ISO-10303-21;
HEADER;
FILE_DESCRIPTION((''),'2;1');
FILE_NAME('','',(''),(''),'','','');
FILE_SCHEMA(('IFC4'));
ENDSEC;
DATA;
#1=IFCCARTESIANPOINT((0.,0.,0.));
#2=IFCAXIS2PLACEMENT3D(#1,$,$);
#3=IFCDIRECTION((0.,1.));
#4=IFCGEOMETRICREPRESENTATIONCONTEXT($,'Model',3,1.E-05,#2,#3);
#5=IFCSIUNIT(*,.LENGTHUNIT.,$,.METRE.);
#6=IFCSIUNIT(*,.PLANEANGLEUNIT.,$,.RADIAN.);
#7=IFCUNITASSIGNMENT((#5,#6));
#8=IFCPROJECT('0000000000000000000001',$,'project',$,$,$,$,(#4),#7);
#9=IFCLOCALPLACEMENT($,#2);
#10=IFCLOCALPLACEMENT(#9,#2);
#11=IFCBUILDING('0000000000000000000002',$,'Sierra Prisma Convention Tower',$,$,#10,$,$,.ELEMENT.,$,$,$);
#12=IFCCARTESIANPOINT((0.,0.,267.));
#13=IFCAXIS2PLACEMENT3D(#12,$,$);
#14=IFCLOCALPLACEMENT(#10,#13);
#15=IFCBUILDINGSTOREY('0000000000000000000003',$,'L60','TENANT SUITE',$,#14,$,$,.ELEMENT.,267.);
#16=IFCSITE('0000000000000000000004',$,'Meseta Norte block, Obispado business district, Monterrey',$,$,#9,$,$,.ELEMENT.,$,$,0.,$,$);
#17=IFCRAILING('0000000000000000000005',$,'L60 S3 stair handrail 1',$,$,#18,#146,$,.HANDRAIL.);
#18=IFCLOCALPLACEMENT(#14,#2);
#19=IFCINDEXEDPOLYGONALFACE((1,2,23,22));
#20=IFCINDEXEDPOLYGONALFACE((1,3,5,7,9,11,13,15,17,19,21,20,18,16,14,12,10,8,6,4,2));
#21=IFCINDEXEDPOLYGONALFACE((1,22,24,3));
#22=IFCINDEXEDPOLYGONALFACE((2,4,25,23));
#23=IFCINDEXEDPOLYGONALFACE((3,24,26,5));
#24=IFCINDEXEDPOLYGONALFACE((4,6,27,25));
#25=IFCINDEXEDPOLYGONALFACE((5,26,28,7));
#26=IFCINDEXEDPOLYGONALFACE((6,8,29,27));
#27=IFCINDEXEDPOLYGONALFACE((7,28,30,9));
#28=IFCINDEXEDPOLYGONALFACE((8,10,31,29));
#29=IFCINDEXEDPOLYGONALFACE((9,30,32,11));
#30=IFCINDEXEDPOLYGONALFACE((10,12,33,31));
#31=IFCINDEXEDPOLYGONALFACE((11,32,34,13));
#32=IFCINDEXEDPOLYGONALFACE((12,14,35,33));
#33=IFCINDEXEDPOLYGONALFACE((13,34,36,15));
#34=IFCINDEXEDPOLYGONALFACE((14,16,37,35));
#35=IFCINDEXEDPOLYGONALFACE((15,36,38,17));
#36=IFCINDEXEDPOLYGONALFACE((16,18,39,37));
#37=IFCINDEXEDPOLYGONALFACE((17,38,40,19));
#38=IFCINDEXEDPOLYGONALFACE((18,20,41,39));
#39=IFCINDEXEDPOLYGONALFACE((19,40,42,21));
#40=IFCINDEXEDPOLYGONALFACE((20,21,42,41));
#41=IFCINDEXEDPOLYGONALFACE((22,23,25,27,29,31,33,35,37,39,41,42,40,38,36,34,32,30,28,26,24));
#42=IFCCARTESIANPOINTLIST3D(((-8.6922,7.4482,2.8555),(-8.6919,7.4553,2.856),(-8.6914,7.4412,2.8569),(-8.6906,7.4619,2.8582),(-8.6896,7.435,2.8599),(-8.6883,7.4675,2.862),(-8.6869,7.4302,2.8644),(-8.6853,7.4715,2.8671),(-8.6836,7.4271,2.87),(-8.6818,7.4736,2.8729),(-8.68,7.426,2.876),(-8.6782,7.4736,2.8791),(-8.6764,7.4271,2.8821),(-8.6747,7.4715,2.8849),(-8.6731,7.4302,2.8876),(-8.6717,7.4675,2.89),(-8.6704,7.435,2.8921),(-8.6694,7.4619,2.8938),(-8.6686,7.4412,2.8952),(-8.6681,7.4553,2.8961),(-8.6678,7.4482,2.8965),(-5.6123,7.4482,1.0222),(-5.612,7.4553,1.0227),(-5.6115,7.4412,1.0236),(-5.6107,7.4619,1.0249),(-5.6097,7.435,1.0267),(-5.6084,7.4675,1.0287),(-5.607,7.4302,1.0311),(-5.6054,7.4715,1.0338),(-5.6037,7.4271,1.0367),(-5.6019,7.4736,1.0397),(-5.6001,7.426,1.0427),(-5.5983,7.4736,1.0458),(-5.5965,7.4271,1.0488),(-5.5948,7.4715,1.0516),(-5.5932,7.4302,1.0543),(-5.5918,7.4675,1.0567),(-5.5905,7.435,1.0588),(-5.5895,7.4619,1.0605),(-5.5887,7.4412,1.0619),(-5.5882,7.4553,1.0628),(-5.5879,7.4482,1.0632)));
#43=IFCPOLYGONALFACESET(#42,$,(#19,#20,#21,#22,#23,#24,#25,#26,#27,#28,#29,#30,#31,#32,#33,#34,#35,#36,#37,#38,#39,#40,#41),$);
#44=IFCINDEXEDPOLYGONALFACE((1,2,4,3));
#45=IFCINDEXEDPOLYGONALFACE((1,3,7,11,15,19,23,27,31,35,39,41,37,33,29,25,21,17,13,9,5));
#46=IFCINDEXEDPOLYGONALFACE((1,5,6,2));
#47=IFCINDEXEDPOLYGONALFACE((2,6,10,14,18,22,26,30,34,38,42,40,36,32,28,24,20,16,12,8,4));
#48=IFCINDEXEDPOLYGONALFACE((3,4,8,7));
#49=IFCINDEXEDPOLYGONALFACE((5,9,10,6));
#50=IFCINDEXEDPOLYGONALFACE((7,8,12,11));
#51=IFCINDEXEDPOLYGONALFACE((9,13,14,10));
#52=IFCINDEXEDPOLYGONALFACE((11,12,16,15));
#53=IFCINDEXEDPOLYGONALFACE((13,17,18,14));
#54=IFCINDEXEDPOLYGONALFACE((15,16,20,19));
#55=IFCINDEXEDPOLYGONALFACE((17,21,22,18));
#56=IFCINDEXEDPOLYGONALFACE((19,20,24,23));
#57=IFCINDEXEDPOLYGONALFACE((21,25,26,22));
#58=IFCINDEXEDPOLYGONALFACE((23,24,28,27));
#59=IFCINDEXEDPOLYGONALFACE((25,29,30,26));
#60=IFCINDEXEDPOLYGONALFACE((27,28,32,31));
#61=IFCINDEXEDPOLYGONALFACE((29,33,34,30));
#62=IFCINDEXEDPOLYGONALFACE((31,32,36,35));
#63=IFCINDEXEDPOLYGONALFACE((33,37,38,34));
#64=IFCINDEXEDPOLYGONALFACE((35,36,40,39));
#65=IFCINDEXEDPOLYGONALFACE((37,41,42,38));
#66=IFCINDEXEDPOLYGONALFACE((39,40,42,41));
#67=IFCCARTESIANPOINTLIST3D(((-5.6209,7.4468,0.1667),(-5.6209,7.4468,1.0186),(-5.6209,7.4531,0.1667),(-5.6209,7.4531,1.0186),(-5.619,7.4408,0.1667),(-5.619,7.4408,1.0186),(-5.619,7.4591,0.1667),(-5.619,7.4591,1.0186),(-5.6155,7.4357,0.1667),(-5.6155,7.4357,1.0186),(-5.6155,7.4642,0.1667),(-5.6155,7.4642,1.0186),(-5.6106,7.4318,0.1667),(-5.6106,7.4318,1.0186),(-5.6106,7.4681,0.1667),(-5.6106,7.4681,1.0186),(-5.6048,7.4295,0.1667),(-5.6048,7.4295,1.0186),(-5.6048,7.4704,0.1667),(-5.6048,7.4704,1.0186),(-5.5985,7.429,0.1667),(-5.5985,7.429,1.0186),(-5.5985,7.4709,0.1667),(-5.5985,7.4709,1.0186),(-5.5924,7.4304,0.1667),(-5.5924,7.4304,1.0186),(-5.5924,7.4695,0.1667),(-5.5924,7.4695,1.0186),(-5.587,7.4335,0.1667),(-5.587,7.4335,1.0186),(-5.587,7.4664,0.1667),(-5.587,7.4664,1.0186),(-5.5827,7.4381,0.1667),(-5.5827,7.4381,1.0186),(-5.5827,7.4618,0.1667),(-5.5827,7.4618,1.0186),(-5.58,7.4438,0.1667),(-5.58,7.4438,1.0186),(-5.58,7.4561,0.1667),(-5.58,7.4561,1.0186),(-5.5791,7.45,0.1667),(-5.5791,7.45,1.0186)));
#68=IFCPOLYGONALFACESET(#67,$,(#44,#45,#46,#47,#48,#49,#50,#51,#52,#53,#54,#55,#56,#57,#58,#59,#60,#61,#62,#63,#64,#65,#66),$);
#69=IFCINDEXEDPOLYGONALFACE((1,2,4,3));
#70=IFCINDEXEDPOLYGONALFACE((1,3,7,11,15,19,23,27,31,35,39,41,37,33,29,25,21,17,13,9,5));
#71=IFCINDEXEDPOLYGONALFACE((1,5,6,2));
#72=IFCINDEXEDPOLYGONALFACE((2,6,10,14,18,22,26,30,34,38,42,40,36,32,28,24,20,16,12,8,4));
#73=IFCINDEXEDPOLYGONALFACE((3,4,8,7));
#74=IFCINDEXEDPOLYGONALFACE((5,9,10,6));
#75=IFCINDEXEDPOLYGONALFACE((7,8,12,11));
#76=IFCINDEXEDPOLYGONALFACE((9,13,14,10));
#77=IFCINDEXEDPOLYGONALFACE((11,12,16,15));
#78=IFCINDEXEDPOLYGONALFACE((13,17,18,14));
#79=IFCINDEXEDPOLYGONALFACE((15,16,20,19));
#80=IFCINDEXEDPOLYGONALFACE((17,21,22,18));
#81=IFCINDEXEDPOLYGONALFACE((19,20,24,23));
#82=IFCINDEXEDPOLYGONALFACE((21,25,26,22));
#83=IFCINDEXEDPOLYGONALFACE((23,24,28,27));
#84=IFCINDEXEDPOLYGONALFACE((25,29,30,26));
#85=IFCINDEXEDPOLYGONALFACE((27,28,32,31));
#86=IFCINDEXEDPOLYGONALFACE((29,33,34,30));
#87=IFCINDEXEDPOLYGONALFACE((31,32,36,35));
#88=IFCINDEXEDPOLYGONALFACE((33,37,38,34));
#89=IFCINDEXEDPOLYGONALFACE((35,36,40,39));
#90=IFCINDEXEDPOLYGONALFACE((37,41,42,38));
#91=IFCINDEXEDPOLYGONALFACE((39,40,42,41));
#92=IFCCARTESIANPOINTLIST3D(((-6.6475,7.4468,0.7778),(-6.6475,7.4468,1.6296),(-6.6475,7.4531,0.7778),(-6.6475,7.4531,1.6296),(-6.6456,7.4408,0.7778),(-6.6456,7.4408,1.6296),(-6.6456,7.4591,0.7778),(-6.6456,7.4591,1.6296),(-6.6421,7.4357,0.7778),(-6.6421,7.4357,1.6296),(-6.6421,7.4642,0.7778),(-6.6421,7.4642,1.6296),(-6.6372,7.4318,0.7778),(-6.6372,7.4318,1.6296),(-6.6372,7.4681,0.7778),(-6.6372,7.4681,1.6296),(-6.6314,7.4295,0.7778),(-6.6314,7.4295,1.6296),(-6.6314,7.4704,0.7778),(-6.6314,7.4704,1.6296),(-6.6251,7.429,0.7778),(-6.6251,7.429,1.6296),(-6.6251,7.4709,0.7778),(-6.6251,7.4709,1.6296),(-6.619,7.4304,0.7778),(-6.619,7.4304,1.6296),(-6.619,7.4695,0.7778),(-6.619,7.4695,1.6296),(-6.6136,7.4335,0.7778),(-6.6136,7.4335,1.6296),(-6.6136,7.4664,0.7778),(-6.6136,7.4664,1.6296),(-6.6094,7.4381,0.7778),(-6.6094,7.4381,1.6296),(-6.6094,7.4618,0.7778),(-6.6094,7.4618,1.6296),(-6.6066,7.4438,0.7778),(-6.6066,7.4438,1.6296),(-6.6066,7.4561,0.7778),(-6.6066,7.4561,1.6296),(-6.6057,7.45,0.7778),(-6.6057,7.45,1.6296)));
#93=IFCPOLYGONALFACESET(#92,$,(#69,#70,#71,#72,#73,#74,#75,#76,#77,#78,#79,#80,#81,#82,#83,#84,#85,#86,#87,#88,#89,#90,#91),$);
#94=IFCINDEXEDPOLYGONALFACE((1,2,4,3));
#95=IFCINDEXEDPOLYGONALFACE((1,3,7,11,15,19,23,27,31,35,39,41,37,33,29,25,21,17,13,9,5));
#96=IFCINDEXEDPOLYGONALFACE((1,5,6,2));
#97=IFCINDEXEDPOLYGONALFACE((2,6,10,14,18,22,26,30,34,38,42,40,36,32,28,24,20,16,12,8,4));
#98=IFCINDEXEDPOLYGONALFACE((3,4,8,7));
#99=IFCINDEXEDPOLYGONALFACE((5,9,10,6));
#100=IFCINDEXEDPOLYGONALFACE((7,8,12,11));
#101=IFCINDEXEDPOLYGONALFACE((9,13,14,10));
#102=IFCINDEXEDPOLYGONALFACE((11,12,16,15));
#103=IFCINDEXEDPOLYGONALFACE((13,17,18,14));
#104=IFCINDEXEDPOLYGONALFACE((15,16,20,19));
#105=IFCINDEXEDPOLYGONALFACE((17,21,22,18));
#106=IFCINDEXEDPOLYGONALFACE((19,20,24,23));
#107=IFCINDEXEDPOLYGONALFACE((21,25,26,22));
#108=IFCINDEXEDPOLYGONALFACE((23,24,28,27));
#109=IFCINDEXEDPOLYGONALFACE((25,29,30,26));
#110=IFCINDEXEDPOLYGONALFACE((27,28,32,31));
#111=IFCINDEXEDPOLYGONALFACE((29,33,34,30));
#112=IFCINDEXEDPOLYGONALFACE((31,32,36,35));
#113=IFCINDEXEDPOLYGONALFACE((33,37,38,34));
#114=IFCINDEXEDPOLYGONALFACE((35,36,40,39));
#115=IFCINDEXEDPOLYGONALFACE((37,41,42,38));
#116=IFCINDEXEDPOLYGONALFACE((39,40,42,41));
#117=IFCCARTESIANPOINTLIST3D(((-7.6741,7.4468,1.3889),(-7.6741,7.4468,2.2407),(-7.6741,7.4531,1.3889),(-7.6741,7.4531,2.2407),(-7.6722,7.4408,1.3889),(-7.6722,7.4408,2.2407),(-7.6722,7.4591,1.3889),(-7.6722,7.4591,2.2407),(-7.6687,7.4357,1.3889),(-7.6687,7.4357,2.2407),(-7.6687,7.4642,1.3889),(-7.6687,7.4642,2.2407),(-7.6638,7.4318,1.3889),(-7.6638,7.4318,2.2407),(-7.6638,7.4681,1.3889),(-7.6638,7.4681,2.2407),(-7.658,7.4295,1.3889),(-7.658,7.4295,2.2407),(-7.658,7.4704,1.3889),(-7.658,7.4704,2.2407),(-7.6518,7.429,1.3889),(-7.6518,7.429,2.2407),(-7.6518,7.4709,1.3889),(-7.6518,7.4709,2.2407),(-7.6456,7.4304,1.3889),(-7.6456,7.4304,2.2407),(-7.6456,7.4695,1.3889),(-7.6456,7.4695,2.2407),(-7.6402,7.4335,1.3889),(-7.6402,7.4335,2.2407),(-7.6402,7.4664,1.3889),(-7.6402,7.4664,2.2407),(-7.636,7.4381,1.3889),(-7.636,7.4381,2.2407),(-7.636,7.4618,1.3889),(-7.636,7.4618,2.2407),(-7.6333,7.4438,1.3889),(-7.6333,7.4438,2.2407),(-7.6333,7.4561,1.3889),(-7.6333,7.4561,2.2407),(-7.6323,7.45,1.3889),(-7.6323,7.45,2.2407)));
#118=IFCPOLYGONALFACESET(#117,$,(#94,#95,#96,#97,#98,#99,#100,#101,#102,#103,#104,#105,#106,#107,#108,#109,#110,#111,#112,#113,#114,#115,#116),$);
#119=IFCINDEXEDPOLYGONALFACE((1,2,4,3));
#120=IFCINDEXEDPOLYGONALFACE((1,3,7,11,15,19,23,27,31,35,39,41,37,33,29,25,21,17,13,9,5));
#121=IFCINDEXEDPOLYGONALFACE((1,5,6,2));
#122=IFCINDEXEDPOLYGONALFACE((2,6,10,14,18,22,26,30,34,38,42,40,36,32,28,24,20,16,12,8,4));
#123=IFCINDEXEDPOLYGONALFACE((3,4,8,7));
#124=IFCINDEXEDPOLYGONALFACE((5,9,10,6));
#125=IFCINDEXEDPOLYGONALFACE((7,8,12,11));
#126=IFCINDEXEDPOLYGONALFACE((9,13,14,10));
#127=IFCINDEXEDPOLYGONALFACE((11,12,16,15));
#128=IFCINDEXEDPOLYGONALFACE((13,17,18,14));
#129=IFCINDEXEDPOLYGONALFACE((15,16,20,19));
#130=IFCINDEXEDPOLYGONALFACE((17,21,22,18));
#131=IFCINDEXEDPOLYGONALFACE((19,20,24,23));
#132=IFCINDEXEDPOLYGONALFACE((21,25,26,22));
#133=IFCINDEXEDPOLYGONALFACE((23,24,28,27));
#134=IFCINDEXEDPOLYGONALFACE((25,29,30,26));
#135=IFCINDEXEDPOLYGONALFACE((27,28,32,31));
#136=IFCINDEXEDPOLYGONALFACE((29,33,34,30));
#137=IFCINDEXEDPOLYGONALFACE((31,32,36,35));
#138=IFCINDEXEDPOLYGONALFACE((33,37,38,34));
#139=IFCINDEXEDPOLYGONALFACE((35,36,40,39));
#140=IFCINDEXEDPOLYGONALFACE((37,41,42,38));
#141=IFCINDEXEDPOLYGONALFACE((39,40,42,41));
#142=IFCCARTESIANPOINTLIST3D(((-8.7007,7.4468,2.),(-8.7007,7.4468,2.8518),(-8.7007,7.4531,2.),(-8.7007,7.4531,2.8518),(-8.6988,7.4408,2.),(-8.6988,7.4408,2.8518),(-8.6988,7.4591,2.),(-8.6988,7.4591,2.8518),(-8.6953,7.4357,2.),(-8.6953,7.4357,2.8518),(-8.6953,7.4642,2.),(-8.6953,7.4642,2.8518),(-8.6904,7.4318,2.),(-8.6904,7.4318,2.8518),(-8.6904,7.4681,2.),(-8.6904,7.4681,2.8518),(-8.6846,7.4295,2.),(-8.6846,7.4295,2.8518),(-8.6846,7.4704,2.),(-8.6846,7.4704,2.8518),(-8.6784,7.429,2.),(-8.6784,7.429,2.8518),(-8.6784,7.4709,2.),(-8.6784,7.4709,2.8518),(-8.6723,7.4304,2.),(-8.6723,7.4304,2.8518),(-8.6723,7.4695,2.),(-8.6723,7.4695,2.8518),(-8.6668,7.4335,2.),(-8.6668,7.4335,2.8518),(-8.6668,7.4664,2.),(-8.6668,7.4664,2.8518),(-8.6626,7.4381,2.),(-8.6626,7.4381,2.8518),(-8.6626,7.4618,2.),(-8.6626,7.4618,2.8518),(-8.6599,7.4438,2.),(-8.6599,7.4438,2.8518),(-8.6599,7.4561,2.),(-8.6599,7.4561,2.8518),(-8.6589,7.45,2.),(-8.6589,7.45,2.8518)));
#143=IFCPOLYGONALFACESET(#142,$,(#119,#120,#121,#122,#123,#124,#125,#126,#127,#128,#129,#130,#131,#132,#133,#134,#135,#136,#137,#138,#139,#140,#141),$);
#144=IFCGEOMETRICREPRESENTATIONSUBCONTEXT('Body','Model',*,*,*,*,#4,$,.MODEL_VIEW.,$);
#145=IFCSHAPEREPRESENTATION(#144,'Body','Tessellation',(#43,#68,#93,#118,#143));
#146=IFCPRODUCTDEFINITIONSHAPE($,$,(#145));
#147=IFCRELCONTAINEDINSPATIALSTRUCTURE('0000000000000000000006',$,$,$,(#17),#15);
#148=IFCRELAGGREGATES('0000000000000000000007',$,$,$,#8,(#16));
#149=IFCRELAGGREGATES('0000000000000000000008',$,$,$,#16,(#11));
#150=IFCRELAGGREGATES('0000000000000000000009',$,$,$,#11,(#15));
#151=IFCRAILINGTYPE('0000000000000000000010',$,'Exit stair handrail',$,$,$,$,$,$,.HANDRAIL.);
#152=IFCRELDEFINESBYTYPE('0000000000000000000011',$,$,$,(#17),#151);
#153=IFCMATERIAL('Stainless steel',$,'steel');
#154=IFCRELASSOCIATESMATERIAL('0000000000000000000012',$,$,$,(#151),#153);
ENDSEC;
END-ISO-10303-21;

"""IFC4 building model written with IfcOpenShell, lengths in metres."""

from ifc_helpers import new_model, si_unit, direction, frame, origin, origin_2d, place, context, subcontext, project, spatial, circle, extrude, material, type_object, element, save


model = new_model("IFC4")

# Units and contexts
model_context = context("Model", 3, precision=1e-05, world=origin(), true_north=direction((0.0, 1.0)))
body_context = subcontext(model_context, "Body", "Model", "MODEL_VIEW")
ifc_project = project(units=[si_unit("LENGTHUNIT", "METRE"), si_unit("PLANEANGLEUNIT", "RADIAN")], contexts=[model_context])

# Site, building, storey
site_placement = place(None, origin())
site = spatial("IfcSite", under=ifc_project, at=site_placement, Name="Meseta Norte block, Obispado business district, Monterrey", CompositionType="ELEMENT", RefElevation=0.0)
building_placement = place(site_placement, origin())
building = spatial("IfcBuilding", under=site, at=building_placement, Name="Sierra Prisma Convention Tower", CompositionType="ELEMENT")
storey_placement = place(building_placement, frame((0.0, 0.0, 267.0)))
storey = spatial("IfcBuildingStorey", under=building, at=storey_placement, Name="L60", Description="TENANT SUITE", CompositionType="ELEMENT", Elevation=267.0)

# Railing
ifc_material_1 = material(Name="Stainless steel", Category="steel")
railing_type_1 = type_object("IfcRailingType", Name="Exit stair handrail", PredefinedType="HANDRAIL", material=ifc_material_1)
railing_1_placement = place(storey_placement, frame((-5.6001, 7.45, 0.1667)))
element("IfcRailing", 1, at=railing_1_placement, inside=storey, type_object=railing_type_1, Name="L60 S3 stair handrail 1", PredefinedType="HANDRAIL", context=body_context, shape_type="SweptSolid", body=[
    extrude(circle(Radius=0.0239, at=origin_2d()), frame((0.0, 0.0, 0.876), z_axis=(-0.859291, 0.0, 0.511487), x_axis=(0.0, -1.0, 0.0)), (0.0, 0.0, 1.0), 3.5842),
    extrude(circle(Radius=0.021, at=origin_2d()), origin(), (0.0, 0.0, 1.0), 0.8518),
    extrude(circle(Radius=0.021, at=origin_2d()), frame((-1.0266, 0.0, 0.6111)), (0.0, 0.0, 1.0), 0.8518),
    extrude(circle(Radius=0.021, at=origin_2d()), frame((-2.0532, 0.0, 1.2222)), (0.0, 0.0, 1.0), 0.8518),
    extrude(circle(Radius=0.021, at=origin_2d()), frame((-3.0798, 0.0, 1.8333)), (0.0, 0.0, 1.0), 0.8518),
])

save(model, "model.ifc")
